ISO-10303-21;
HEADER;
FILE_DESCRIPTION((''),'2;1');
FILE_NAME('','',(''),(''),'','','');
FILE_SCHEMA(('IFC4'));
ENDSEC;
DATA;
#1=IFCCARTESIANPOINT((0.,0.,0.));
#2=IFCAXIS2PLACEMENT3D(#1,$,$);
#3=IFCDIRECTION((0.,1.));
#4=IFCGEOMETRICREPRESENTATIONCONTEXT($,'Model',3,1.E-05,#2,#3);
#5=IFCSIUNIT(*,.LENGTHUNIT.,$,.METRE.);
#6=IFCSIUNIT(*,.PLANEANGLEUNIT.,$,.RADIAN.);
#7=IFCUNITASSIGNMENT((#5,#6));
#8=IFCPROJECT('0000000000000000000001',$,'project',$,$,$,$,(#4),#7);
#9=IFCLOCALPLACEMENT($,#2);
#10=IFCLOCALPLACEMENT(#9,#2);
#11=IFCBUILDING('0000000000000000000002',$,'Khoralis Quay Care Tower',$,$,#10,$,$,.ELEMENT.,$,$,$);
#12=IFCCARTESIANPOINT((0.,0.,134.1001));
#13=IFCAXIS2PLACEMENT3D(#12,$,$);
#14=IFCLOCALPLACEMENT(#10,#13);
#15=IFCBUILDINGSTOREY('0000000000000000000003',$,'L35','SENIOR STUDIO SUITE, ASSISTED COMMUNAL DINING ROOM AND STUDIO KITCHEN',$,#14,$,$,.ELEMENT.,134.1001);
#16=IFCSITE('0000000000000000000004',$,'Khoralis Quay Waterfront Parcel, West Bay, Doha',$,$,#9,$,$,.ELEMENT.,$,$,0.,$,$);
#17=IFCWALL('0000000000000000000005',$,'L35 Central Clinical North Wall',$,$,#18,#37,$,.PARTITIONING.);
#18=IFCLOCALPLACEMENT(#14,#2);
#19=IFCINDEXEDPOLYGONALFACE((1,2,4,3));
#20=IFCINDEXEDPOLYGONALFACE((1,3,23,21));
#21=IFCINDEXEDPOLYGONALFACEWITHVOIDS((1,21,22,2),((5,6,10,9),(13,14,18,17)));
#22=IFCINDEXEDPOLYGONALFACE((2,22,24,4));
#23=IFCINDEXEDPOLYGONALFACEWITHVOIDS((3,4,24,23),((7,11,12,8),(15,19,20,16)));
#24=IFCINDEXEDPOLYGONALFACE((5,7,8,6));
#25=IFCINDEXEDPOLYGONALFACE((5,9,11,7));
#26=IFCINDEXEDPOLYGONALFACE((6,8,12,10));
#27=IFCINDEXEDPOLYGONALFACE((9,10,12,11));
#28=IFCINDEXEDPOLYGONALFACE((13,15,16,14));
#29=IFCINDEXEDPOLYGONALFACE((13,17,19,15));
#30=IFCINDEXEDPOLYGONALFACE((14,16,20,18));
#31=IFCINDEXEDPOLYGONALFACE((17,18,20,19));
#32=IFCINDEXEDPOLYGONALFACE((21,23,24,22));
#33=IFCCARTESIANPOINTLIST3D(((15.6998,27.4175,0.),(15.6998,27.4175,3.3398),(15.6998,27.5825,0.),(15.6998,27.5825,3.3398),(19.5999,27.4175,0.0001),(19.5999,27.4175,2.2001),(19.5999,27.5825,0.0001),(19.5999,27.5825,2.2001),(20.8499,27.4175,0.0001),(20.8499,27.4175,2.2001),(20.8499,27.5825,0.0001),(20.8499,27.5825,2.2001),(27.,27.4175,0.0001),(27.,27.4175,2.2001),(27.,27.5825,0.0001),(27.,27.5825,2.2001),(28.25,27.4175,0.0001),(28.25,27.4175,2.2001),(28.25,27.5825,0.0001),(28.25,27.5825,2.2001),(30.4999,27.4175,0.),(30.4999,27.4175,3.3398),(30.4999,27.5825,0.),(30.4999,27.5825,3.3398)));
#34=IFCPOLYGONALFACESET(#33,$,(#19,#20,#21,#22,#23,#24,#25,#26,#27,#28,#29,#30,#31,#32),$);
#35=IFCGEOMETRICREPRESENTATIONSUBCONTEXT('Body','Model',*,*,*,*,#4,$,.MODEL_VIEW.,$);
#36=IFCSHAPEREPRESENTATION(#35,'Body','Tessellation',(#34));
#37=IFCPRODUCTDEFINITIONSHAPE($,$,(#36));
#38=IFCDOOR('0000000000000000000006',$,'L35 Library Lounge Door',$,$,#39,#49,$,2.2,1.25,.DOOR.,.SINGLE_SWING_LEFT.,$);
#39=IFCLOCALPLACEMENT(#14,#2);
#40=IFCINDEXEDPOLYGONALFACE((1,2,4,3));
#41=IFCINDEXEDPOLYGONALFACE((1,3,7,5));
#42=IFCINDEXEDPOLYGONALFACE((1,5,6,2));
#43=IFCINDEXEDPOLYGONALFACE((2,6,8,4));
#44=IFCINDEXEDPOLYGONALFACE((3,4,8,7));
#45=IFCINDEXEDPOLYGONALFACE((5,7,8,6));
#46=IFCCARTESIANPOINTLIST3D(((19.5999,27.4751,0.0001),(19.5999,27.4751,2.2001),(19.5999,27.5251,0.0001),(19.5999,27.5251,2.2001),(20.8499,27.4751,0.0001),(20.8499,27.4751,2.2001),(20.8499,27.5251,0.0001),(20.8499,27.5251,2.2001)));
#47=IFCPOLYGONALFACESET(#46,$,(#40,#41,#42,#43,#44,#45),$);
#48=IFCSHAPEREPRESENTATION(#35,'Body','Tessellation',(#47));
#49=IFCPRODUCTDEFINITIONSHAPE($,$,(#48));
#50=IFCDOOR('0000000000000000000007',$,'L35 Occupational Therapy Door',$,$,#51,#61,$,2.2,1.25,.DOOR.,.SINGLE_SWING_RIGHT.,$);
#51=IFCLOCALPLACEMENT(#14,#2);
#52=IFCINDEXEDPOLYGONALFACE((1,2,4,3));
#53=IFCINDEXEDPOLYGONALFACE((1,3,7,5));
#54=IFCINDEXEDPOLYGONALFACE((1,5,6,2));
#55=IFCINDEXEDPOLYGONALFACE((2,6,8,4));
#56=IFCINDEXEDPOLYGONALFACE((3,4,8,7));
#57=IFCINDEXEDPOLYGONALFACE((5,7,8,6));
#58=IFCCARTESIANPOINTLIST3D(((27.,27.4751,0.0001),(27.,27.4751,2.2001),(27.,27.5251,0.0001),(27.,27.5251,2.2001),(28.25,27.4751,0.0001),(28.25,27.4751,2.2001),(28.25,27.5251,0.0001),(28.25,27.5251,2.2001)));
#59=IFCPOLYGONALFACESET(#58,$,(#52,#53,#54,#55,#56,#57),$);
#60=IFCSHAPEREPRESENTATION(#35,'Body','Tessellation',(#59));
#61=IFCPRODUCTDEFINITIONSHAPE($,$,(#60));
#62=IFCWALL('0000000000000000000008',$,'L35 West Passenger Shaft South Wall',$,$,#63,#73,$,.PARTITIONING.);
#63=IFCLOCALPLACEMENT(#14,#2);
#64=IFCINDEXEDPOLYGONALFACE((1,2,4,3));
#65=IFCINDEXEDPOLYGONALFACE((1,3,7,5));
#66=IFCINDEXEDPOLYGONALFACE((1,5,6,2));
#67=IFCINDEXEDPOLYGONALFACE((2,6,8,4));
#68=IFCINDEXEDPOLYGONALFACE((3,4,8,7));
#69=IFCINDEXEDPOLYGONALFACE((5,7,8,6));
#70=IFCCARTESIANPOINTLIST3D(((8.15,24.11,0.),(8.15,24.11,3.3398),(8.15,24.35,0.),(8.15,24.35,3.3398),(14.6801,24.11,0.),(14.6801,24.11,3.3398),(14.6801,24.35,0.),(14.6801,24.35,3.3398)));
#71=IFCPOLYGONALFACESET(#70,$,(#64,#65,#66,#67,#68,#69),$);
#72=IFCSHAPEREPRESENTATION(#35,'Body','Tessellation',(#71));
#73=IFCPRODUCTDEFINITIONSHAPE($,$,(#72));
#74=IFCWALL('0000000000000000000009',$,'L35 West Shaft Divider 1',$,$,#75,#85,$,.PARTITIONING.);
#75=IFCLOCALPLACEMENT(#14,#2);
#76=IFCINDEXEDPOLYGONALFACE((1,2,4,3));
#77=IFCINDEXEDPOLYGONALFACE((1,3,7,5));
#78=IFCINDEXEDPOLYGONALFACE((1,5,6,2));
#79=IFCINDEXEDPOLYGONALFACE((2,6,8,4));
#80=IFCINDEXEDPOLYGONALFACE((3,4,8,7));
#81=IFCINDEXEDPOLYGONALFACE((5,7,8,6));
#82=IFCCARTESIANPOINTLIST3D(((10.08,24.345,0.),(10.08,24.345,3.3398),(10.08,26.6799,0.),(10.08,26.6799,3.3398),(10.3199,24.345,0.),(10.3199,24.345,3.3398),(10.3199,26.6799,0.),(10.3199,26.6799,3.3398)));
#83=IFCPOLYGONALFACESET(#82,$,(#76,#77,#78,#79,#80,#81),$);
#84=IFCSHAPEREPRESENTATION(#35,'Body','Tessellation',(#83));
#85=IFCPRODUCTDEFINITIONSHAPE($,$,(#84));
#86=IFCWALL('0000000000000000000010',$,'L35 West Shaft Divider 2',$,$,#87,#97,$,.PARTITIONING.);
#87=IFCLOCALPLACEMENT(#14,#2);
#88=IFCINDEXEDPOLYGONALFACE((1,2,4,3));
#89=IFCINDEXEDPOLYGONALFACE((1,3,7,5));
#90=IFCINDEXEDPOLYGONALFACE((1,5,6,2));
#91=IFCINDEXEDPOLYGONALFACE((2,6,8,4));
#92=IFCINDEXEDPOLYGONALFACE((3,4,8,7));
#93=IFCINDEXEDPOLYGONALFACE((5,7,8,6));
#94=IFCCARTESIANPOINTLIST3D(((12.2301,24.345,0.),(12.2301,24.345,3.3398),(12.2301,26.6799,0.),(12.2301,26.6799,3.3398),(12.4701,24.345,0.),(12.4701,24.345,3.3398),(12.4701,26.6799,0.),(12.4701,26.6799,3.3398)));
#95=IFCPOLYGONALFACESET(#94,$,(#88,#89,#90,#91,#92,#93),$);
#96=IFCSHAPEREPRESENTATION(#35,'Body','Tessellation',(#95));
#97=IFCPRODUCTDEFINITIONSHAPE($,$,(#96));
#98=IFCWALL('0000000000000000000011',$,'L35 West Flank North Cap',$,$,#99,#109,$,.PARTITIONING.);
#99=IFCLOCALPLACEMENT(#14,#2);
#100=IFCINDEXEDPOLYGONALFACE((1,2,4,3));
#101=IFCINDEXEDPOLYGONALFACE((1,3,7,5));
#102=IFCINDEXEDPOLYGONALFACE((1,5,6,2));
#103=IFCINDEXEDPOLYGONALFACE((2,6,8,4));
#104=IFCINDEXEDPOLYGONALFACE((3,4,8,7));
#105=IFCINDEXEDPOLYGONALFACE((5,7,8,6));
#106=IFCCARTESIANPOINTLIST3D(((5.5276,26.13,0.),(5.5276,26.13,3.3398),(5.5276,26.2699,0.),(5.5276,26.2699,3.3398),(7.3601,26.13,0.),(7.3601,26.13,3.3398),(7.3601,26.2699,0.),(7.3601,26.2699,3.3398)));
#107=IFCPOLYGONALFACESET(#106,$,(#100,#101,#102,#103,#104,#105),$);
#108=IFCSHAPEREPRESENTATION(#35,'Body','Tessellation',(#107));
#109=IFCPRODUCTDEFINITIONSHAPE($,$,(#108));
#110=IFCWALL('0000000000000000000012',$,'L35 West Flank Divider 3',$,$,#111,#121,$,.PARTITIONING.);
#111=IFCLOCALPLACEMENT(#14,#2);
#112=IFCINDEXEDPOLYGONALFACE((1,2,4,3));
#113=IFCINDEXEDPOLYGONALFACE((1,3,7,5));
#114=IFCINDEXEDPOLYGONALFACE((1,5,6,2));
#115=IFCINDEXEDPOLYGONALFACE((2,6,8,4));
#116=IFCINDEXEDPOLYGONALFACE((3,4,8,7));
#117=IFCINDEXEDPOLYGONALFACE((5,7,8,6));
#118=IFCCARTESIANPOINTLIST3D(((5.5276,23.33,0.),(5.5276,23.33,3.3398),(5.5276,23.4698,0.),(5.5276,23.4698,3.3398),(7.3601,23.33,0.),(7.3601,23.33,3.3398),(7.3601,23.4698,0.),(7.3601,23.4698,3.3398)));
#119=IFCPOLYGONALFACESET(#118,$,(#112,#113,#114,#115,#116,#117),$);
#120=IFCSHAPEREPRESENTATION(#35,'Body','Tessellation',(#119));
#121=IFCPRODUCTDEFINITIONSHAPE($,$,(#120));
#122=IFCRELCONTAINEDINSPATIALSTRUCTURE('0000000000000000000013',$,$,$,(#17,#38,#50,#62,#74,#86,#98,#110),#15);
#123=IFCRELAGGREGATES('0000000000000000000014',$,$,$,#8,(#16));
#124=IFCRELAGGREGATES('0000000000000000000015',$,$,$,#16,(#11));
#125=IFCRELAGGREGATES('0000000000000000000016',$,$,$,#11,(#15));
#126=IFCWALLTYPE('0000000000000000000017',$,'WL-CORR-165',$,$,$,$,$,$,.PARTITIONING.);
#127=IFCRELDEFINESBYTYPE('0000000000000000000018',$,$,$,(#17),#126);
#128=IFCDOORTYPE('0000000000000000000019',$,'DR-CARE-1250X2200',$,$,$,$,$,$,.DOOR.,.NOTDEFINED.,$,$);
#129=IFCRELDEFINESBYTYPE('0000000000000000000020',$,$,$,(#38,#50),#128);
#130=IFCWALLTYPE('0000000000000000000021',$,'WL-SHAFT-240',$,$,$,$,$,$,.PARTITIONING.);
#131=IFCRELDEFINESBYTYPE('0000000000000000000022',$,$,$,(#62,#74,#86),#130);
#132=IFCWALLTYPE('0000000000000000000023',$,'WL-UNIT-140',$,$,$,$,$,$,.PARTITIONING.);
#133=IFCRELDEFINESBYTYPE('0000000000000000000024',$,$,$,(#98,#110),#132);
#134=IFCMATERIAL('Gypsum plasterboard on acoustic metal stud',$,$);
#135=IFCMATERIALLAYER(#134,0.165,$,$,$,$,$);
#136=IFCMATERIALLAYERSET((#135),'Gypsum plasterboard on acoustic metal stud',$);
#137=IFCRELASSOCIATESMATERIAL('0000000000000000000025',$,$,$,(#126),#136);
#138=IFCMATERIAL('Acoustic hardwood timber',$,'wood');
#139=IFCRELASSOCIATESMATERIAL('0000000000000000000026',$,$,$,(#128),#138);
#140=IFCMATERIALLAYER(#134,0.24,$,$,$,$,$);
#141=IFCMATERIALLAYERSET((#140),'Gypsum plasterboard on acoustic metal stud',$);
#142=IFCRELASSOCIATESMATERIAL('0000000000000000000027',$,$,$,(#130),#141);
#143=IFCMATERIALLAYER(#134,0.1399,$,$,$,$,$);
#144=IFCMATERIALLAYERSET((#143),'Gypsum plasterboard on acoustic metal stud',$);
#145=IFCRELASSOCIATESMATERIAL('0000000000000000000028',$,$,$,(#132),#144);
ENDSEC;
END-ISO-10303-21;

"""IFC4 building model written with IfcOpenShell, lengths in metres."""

from ifc_helpers import new_model, si_unit, direction, frame, frame_2d, origin, place, context, subcontext, project, spatial, rectangle, extrude, source, transform, mapped, material, layer, layer_set, type_object, element, fill, save


model = new_model("IFC4")

# Units and contexts
model_context = context("Model", 3, precision=1e-05, world=origin(), true_north=direction((0.0, 1.0)))
body_context = subcontext(model_context, "Body", "Model", "MODEL_VIEW")
ifc_project = project(units=[si_unit("LENGTHUNIT", "METRE"), si_unit("PLANEANGLEUNIT", "RADIAN")], contexts=[model_context])

# Site, building, storey
site_placement = place(None, origin())
site = spatial("IfcSite", under=ifc_project, at=site_placement, Name="Khoralis Quay Waterfront Parcel, West Bay, Doha", CompositionType="ELEMENT", RefElevation=0.0)
building_placement = place(site_placement, origin())
building = spatial("IfcBuilding", under=site, at=building_placement, Name="Khoralis Quay Care Tower", CompositionType="ELEMENT")
storey_placement = place(building_placement, frame((0.0, 0.0, 134.1001)))
storey = spatial("IfcBuildingStorey", under=building, at=storey_placement, Name="L35", Description="SENIOR STUDIO SUITE, ASSISTED COMMUNAL DINING ROOM AND STUDIO KITCHEN", CompositionType="ELEMENT", Elevation=134.1001)

# Shared definitions
ifc_material_1 = material(Name="Gypsum plasterboard on acoustic metal stud")
ifc_layer_1 = layer(ifc_material_1, 0.165)
ifc_layer_set_1 = layer_set([ifc_layer_1], Name="Gypsum plasterboard on acoustic metal stud")
wall_type_1 = type_object("IfcWallType", Name="WL-CORR-165", PredefinedType="PARTITIONING", material=ifc_layer_set_1)

# Wall, openings, doors
wall_1_placement = place(storey_placement, frame((15.7, 27.5, 0.0), z_axis=(0.0, 0.0, 1.0), x_axis=(1.0, 0.0, 0.0)))
wall_1 = element("IfcWall", 1, at=wall_1_placement, inside=storey, type_object=wall_type_1, Name="L35 Central Clinical North Wall", PredefinedType="PARTITIONING", context=body_context, shape_type="SweptSolid", body=[
    extrude(rectangle(XDim=14.8, YDim=0.165, at=frame_2d((7.3999, 0.0))), origin(), (0.0, 0.0, 1.0), 3.3398),
])
opening_1_placement = place(wall_1_placement, frame((3.8999, 0.0, 0.0)))
opening_1 = element("IfcOpeningElement", 2, at=opening_1_placement, cuts=wall_1, PredefinedType="OPENING", context=body_context, shape_type="SweptSolid", body=[
    extrude(rectangle(XDim=1.25, YDim=2.2, at=frame_2d((0.625, 1.1001))), frame((0.0, 0.0925, 0.0), z_axis=(0.0, -1.0, 0.0), x_axis=(1.0, 0.0, 0.0)), (0.0, 0.0, 1.0), 0.1851),
])
opening_2_placement = place(wall_1_placement, frame((11.3, 0.0, 0.0)))
opening_2 = element("IfcOpeningElement", 3, at=opening_2_placement, cuts=wall_1, PredefinedType="OPENING", context=body_context, shape_type="SweptSolid", body=[
    extrude(rectangle(XDim=1.25, YDim=2.2, at=frame_2d((0.625, 1.1001))), frame((0.0, 0.0925, 0.0), z_axis=(0.0, -1.0, 0.0), x_axis=(1.0, 0.0, 0.0)), (0.0, 0.0, 1.0), 0.1851),
])
ifc_material_2 = material(Name="Acoustic hardwood timber", Category="wood")
door_type_1 = type_object("IfcDoorType", Name="DR-CARE-1250X2200", OperationType="NOTDEFINED", PredefinedType="DOOR", material=ifc_material_2)
shared_shape_1 = source(origin(), body_context, "Body", "SweptSolid", [
    extrude(rectangle(XDim=1.25, YDim=2.2, at=frame_2d((0.625, 1.1001))), frame((0.0, 0.0249, 0.0), z_axis=(0.0, -1.0, 0.0), x_axis=(1.0, 0.0, 0.0)), (0.0, 0.0, 1.0), 0.05),
])
door_1_placement = place(opening_1_placement, frame((1.25, 0.0, 0.0), z_axis=(0.0, 0.0, 1.0), x_axis=(-1.0, 0.0, 0.0)))
door_1 = element("IfcDoor", 4, at=door_1_placement, inside=storey, type_object=door_type_1, Name="L35 Library Lounge Door", OperationType="SINGLE_SWING_LEFT", OverallHeight=2.2, OverallWidth=1.25, PredefinedType="DOOR", context=body_context, shape_type="MappedRepresentation", body=[
    mapped(shared_shape_1, transform((0.0, 0.0, 0.0), scale=1.0)),
])
fill(opening_1, door_1)
door_2_placement = place(opening_2_placement, frame((1.25, 0.0, 0.0), z_axis=(0.0, 0.0, 1.0), x_axis=(-1.0, 0.0, 0.0)))
door_2 = element("IfcDoor", 5, at=door_2_placement, inside=storey, type_object=door_type_1, Name="L35 Occupational Therapy Door", OperationType="SINGLE_SWING_RIGHT", OverallHeight=2.2, OverallWidth=1.25, PredefinedType="DOOR", context=body_context, shape_type="MappedRepresentation", body=[
    mapped(shared_shape_1, transform((0.0, 0.0, 0.0), scale=1.0)),
])
fill(opening_2, door_2)

# Walls
ifc_layer_2 = layer(ifc_material_1, 0.24)
ifc_layer_set_2 = layer_set([ifc_layer_2], Name="Gypsum plasterboard on acoustic metal stud")
wall_type_2 = type_object("IfcWallType", Name="WL-SHAFT-240", PredefinedType="PARTITIONING", material=ifc_layer_set_2)
wall_2_placement = place(storey_placement, frame((8.1499, 24.23, 0.0), z_axis=(0.0, 0.0, 1.0), x_axis=(1.0, 0.0, 0.0)))
element("IfcWall", 6, at=wall_2_placement, inside=storey, type_object=wall_type_2, Name="L35 West Passenger Shaft South Wall", PredefinedType="PARTITIONING", context=body_context, shape_type="SweptSolid", body=[
    extrude(rectangle(XDim=6.53, YDim=0.24, at=frame_2d((3.2651, 0.0))), origin(), (0.0, 0.0, 1.0), 3.3398),
])
for number, where, z_axis, x_axis, name in (
    (7, (10.2, 24.345, 0.0), (0.0, 0.0, 1.0), (0.0, 1.0, 0.0), "L35 West Shaft Divider 1"),
    (8, (12.3501, 24.345, 0.0), (0.0, 0.0, 1.0), (0.0, 1.0, 0.0), "L35 West Shaft Divider 2"),
):
    element("IfcWall", number, at=place(storey_placement, frame(where, z_axis=z_axis, x_axis=x_axis)), inside=storey, type_object=wall_type_2, Name=name, PredefinedType="PARTITIONING", context=body_context, shape_type="SweptSolid", body=[
        extrude(rectangle(XDim=2.335, YDim=0.24, at=frame_2d((1.1675, 0.0))), origin(), (0.0, 0.0, 1.0), 3.3398),
    ])
ifc_layer_3 = layer(ifc_material_1, 0.1399)
ifc_layer_set_3 = layer_set([ifc_layer_3], Name="Gypsum plasterboard on acoustic metal stud")
wall_type_3 = type_object("IfcWallType", Name="WL-UNIT-140", PredefinedType="PARTITIONING", material=ifc_layer_set_3)
for number, where, z_axis, x_axis, name in (
    (9, (5.5276, 26.2, 0.0), (0.0, 0.0, 1.0), (1.0, 0.0, 0.0), "L35 West Flank North Cap"),
    (10, (5.5276, 23.3999, 0.0), (0.0, 0.0, 1.0), (1.0, 0.0, 0.0), "L35 West Flank Divider 3"),
):
    element("IfcWall", number, at=place(storey_placement, frame(where, z_axis=z_axis, x_axis=x_axis)), inside=storey, type_object=wall_type_3, Name=name, PredefinedType="PARTITIONING", context=body_context, shape_type="SweptSolid", body=[
        extrude(rectangle(XDim=1.8325, YDim=0.1399, at=frame_2d((0.9163, 0.0))), origin(), (0.0, 0.0, 1.0), 3.3398),
    ])

save(model, "model.ifc")
